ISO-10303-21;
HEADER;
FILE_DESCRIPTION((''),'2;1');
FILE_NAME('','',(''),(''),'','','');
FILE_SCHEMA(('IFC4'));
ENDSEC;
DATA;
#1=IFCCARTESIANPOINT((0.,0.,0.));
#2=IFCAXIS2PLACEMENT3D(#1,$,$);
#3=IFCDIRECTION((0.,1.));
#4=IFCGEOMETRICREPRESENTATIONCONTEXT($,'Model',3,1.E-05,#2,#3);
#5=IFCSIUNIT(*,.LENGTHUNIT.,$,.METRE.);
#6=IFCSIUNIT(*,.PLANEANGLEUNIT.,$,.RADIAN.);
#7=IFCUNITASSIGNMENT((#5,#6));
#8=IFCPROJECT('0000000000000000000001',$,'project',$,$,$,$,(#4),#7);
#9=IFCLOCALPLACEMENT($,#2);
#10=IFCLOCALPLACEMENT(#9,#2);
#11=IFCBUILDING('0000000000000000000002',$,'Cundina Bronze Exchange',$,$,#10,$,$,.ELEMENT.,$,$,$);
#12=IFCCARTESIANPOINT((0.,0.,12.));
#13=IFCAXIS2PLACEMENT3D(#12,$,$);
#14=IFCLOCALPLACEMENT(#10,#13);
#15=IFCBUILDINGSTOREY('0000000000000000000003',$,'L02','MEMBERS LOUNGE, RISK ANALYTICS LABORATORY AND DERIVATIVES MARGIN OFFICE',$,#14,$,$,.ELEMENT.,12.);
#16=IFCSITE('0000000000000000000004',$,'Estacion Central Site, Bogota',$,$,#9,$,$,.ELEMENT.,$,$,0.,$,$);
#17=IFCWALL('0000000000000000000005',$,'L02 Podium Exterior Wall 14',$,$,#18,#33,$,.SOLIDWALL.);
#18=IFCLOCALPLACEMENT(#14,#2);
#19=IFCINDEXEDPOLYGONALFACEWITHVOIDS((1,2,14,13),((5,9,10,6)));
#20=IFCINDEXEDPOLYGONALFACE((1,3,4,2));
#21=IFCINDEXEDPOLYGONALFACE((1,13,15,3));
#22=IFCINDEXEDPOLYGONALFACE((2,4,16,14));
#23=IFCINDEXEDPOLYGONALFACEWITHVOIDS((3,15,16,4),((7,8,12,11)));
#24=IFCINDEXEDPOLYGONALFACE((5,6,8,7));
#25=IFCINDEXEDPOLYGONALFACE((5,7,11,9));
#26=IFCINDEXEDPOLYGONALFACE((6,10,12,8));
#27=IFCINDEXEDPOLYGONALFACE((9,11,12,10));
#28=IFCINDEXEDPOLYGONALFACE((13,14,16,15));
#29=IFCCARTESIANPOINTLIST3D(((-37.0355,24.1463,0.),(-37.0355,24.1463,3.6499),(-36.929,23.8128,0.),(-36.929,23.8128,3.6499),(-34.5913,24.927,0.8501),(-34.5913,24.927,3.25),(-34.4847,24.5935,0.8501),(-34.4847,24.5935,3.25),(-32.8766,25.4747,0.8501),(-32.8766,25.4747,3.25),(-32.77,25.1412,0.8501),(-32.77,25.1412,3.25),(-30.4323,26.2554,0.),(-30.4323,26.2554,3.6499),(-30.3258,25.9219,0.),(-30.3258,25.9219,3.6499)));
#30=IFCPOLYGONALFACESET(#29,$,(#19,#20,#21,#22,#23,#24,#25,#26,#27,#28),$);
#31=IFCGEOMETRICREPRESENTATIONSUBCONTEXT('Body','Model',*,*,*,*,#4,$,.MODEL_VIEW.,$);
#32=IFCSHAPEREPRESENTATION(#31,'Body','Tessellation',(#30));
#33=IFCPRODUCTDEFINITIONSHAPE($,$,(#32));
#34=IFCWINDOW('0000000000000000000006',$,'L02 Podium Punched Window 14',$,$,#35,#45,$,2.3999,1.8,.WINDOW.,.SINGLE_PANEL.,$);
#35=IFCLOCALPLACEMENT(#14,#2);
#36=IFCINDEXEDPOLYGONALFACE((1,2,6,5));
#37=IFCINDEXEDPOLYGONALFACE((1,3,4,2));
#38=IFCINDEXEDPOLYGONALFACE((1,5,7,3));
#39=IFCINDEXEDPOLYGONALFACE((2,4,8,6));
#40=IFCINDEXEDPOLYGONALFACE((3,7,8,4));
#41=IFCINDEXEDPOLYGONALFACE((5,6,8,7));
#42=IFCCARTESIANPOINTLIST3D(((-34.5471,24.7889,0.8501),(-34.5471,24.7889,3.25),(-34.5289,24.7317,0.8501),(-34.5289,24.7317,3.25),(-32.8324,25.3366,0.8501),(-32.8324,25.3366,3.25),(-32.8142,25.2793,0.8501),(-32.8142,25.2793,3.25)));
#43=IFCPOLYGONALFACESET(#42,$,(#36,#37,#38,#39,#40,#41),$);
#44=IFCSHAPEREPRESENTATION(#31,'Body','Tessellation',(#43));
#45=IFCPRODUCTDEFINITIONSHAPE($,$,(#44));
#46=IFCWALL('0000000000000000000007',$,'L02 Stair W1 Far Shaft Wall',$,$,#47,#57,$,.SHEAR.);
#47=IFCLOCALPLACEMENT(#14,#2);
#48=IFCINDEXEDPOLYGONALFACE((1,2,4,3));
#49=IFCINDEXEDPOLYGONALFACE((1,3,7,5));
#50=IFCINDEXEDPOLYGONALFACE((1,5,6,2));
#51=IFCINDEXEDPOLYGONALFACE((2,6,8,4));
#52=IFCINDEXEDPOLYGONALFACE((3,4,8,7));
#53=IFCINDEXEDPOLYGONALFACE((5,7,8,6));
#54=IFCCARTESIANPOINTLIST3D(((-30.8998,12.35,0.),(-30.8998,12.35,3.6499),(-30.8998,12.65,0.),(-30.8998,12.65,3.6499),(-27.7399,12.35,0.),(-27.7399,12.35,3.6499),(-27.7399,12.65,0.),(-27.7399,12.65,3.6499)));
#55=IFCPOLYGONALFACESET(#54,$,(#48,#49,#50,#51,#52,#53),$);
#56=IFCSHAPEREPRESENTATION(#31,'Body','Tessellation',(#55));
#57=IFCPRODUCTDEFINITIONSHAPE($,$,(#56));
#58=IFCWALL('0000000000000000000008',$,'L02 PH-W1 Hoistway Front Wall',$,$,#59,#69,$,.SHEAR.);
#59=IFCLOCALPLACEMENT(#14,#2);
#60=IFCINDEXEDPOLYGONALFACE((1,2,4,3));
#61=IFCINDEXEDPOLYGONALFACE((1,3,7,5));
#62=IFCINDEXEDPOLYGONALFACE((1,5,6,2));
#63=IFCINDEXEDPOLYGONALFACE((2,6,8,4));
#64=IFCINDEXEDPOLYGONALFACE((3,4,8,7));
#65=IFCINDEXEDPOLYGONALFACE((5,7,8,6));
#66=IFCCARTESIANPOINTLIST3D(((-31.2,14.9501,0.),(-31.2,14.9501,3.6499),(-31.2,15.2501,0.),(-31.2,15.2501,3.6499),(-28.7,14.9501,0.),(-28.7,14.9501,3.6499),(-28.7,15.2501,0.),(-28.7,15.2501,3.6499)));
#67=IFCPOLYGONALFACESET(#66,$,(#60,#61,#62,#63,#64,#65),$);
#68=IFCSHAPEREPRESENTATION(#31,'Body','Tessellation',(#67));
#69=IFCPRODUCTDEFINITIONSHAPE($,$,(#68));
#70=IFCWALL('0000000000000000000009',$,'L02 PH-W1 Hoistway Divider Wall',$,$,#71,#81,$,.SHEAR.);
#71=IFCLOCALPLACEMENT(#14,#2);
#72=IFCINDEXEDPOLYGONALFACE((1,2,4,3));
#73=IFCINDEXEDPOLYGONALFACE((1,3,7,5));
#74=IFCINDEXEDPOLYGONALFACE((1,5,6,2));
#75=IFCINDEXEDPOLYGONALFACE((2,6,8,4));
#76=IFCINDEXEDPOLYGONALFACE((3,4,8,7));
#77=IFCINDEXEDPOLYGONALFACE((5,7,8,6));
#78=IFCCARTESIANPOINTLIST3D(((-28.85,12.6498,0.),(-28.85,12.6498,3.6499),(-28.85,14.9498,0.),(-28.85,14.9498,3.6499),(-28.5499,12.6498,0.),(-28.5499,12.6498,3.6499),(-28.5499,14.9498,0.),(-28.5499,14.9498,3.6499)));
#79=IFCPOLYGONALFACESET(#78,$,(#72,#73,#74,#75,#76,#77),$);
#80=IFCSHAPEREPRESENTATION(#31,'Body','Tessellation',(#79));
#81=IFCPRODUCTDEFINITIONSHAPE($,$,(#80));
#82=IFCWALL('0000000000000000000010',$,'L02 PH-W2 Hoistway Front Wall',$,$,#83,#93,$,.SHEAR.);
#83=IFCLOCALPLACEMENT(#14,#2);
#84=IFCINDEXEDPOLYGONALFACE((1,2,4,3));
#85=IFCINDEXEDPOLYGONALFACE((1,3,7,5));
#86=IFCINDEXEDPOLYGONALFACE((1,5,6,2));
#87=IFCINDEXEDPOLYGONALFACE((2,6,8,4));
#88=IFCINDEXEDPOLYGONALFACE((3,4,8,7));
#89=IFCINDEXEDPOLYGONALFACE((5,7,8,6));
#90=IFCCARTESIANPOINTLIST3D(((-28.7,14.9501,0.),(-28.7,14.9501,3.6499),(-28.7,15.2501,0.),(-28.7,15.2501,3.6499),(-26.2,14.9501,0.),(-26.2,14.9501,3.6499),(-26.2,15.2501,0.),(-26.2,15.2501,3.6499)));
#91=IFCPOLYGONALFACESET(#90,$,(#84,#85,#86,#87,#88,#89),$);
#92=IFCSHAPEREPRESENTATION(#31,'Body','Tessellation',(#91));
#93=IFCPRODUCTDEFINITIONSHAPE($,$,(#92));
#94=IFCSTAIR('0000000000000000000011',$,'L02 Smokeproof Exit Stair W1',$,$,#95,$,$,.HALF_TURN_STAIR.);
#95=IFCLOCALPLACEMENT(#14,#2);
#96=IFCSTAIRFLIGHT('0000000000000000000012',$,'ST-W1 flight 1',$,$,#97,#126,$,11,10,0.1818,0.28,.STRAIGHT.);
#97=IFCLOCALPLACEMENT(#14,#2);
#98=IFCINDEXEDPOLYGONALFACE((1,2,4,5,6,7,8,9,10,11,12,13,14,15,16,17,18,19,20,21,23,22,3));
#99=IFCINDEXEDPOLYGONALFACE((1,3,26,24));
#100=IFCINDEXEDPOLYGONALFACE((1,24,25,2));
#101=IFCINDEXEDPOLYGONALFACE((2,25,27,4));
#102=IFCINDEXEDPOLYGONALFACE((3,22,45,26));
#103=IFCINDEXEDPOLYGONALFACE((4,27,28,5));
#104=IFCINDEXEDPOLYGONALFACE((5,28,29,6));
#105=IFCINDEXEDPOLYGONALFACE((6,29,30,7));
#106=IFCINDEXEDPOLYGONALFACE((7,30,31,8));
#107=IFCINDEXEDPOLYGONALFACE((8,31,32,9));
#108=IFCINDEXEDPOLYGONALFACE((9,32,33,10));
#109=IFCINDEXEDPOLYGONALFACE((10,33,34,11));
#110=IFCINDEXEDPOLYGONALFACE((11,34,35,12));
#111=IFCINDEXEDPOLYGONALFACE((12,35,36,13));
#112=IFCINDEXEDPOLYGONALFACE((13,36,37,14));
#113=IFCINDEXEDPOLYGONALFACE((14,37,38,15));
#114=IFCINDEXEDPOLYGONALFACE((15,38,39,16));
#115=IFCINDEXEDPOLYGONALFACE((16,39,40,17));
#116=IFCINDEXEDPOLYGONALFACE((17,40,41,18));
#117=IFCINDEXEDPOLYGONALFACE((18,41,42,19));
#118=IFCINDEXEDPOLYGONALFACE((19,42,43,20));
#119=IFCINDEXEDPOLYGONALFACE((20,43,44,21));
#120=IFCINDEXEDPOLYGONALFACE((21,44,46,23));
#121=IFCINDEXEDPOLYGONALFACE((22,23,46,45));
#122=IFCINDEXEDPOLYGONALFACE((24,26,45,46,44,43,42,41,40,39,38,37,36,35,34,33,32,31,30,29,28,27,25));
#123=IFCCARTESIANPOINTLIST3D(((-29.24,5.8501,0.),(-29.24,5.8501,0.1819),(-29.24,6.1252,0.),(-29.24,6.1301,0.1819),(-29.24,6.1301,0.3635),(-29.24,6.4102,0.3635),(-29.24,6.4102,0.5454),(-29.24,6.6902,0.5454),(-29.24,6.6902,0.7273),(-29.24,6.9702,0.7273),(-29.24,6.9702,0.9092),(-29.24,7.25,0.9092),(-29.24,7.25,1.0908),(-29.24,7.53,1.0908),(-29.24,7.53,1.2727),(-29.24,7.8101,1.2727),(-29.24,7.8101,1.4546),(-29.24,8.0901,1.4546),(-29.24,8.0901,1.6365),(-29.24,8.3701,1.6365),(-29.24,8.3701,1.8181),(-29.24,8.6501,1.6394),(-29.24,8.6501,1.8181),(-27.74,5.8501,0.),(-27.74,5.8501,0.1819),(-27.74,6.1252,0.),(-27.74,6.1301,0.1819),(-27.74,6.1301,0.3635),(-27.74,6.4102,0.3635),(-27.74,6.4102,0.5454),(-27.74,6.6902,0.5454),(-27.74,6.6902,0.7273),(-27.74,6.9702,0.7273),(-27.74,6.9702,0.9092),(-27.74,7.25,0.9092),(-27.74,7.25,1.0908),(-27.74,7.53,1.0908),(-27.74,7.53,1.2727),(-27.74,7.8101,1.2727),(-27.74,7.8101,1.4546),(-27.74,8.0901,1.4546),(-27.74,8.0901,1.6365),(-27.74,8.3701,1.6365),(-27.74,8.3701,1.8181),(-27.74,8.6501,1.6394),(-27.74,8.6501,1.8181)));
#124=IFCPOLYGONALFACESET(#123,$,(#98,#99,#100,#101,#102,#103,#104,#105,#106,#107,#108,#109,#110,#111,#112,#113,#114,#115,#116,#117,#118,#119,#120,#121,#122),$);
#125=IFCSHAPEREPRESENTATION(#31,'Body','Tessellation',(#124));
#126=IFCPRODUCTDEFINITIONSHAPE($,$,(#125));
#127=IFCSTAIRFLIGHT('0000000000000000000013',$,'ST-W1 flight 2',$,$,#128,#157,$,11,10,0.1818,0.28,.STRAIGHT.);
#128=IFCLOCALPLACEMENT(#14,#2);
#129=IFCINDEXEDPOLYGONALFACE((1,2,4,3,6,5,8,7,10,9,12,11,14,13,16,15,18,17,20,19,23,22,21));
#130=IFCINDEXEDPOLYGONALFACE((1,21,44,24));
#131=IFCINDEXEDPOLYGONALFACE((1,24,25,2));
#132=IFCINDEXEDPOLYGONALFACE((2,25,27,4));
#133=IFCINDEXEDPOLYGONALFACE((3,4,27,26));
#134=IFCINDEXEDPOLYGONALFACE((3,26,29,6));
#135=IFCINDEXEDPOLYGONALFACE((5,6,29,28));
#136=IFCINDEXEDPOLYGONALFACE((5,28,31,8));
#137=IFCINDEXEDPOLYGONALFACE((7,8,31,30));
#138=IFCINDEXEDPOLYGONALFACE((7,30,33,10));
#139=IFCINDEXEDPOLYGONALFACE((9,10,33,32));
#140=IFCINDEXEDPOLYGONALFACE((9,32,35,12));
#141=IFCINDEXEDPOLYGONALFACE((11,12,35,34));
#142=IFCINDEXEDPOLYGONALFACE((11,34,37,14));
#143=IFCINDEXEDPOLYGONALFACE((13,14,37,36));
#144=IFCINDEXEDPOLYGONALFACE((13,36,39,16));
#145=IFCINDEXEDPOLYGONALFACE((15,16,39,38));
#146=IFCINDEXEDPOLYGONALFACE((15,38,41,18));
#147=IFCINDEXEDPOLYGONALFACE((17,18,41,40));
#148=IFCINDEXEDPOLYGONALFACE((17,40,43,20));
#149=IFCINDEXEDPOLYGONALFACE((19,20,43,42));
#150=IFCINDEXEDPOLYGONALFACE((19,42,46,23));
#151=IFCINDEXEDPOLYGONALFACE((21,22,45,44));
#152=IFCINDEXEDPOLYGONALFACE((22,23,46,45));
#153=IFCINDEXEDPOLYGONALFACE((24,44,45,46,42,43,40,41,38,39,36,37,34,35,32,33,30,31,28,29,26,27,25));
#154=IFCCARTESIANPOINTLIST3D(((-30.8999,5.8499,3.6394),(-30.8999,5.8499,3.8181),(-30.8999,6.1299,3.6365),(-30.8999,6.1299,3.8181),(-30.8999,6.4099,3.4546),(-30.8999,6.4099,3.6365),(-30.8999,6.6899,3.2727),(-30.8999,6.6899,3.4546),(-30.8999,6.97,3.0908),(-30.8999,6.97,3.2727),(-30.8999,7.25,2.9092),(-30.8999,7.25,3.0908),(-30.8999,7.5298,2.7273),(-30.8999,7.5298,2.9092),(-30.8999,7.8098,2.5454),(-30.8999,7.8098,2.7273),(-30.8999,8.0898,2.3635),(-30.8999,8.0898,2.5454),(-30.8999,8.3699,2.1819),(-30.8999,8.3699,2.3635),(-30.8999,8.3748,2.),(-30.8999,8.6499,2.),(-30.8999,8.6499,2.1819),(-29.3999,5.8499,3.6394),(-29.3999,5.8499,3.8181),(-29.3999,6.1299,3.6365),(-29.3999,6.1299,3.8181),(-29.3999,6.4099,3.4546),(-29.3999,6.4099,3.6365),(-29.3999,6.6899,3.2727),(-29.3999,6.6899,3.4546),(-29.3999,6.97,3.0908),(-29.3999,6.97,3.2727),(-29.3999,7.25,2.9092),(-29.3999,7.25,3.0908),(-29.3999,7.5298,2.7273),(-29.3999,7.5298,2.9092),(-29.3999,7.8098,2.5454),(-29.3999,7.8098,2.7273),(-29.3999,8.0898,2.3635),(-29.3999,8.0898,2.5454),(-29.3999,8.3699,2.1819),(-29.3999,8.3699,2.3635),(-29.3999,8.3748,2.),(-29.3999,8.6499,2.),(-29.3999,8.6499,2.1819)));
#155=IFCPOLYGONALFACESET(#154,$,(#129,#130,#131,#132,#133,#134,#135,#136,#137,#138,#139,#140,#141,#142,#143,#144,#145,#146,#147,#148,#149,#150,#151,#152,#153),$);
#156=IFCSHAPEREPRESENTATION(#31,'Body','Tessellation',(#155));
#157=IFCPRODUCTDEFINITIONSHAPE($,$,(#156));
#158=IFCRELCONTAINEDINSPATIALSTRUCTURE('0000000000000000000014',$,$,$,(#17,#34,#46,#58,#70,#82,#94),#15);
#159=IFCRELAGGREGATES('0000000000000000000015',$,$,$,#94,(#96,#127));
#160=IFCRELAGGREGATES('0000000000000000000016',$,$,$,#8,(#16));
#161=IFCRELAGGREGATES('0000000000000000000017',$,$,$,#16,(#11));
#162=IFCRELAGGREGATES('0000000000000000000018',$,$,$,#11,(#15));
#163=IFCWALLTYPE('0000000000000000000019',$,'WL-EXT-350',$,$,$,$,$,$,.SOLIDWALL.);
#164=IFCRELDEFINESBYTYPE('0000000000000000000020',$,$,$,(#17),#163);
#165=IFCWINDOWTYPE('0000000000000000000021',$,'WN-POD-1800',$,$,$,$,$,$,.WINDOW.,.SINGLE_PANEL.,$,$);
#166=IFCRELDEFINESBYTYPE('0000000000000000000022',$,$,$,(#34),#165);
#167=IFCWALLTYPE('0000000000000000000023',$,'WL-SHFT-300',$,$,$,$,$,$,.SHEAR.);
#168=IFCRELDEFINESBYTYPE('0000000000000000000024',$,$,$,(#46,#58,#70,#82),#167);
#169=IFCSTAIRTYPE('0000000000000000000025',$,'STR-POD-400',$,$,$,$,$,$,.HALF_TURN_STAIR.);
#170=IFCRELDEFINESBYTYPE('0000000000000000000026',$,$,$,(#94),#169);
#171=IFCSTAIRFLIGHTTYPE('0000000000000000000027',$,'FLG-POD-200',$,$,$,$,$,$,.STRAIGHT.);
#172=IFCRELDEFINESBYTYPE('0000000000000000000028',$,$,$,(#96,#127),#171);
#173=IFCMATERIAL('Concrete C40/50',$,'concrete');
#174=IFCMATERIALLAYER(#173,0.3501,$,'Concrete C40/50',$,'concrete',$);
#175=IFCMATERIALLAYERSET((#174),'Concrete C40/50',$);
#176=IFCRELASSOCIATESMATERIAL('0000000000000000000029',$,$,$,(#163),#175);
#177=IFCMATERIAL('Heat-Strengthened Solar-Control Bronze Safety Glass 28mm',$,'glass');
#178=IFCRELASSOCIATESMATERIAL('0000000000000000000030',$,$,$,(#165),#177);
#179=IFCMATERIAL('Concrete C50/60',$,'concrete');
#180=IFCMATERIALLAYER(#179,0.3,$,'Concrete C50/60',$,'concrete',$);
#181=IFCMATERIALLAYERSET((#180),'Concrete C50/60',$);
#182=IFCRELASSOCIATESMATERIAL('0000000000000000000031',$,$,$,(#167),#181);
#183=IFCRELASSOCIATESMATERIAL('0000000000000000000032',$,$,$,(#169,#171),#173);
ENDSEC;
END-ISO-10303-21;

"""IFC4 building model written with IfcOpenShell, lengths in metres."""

from ifc_helpers import new_model, si_unit, direction, frame, frame_2d, origin, place, context, subcontext, project, spatial, polyline, rectangle, outline, extrude, material, layer, layer_set, type_object, element, fill, aggregate, save


model = new_model("IFC4")

# Units and contexts
model_context = context("Model", 3, precision=1e-05, world=origin(), true_north=direction((0.0, 1.0)))
body_context = subcontext(model_context, "Body", "Model", "MODEL_VIEW")
ifc_project = project(units=[si_unit("LENGTHUNIT", "METRE"), si_unit("PLANEANGLEUNIT", "RADIAN")], contexts=[model_context])

# Site, building, storey
site_placement = place(None, origin())
site = spatial("IfcSite", under=ifc_project, at=site_placement, Name="Estacion Central Site, Bogota", CompositionType="ELEMENT", RefElevation=0.0)
building_placement = place(site_placement, origin())
building = spatial("IfcBuilding", under=site, at=building_placement, Name="Cundina Bronze Exchange", CompositionType="ELEMENT")
storey_placement = place(building_placement, frame((0.0, 0.0, 12.0)))
storey = spatial("IfcBuildingStorey", under=building, at=storey_placement, Name="L02", Description="MEMBERS LOUNGE, RISK ANALYTICS LABORATORY AND DERIVATIVES MARGIN OFFICE", CompositionType="ELEMENT", Elevation=12.0)

# Wall, opening, window
ifc_material_1 = material(Name="Concrete C40/50", Category="concrete")
ifc_layer_1 = layer(ifc_material_1, 0.3501, Name="Concrete C40/50", Category="concrete")
ifc_layer_set_1 = layer_set([ifc_layer_1], Name="Concrete C40/50")
wall_type_1 = type_object("IfcWallType", Name="WL-EXT-350", PredefinedType="SOLIDWALL", material=ifc_layer_set_1)
wall_1_placement = place(storey_placement, frame((-30.3792, 26.0886, 0.0), z_axis=(0.0, 0.0, 1.0), x_axis=(-0.952588, -0.304263, 0.0)))
wall_1 = element("IfcWall", 1, at=wall_1_placement, inside=storey, type_object=wall_type_1, Name="L02 Podium Exterior Wall 14", PredefinedType="SOLIDWALL", context=body_context, shape_type="SweptSolid", body=[
    extrude(rectangle(XDim=6.9319, YDim=0.3501, at=frame_2d((3.4658, 0.0))), origin(), (0.0, 0.0, 1.0), 3.6499),
])
opening_1_placement = place(wall_1_placement, frame((2.5659, 0.0, 0.8501)))
opening_1 = element("IfcOpeningElement", 2, at=opening_1_placement, cuts=wall_1, PredefinedType="OPENING", context=body_context, shape_type="SweptSolid", body=[
    extrude(rectangle(XDim=1.8, YDim=2.3999, at=frame_2d((0.8999, 1.2))), frame((0.0, 0.1851, 0.0), z_axis=(0.0, -1.0, 0.0), x_axis=(1.0, 0.0, 0.0)), (0.0, 0.0, 1.0), 0.3701),
])
ifc_material_2 = material(Name="Heat-Strengthened Solar-Control Bronze Safety Glass 28mm", Category="glass")
window_type_1 = type_object("IfcWindowType", Name="WN-POD-1800", PartitioningType="SINGLE_PANEL", PredefinedType="WINDOW", material=ifc_material_2)
window_1_placement = place(opening_1_placement, origin())
window_1 = element("IfcWindow", 3, at=window_1_placement, inside=storey, type_object=window_type_1, Name="L02 Podium Punched Window 14", OverallHeight=2.3999, OverallWidth=1.8, PartitioningType="SINGLE_PANEL", PredefinedType="WINDOW", context=body_context, shape_type="SweptSolid", body=[
    extrude(rectangle(XDim=1.8, YDim=2.3999, at=frame_2d((0.8999, 1.2))), frame((0.0, 0.03, 0.0), z_axis=(0.0, -1.0, 0.0), x_axis=(1.0, 0.0, 0.0)), (0.0, 0.0, 1.0), 0.0601),
])
fill(opening_1, window_1)

# Shared definitions
ifc_material_3 = material(Name="Concrete C50/60", Category="concrete")
ifc_layer_2 = layer(ifc_material_3, 0.3, Name="Concrete C50/60", Category="concrete")
ifc_layer_set_2 = layer_set([ifc_layer_2], Name="Concrete C50/60")
wall_type_2 = type_object("IfcWallType", Name="WL-SHFT-300", PredefinedType="SHEAR", material=ifc_layer_set_2)

# Walls
wall_2_placement = place(storey_placement, frame((-30.8999, 12.5, 0.0), z_axis=(0.0, 0.0, 1.0), x_axis=(1.0, 0.0, 0.0)))
element("IfcWall", 4, at=wall_2_placement, inside=storey, type_object=wall_type_2, Name="L02 Stair W1 Far Shaft Wall", PredefinedType="SHEAR", context=body_context, shape_type="SweptSolid", body=[
    extrude(rectangle(XDim=3.1599, YDim=0.3, at=frame_2d((1.5801, 0.0))), origin(), (0.0, 0.0, 1.0), 3.6499),
])
wall_3_placement = place(storey_placement, frame((-31.2, 15.1001, 0.0), z_axis=(0.0, 0.0, 1.0), x_axis=(1.0, 0.0, 0.0)))
element("IfcWall", 5, at=wall_3_placement, inside=storey, type_object=wall_type_2, Name="L02 PH-W1 Hoistway Front Wall", PredefinedType="SHEAR", context=body_context, shape_type="SweptSolid", body=[
    extrude(rectangle(XDim=2.5, YDim=0.3, at=frame_2d((1.25, 0.0))), origin(), (0.0, 0.0, 1.0), 3.6499),
])
wall_4_placement = place(storey_placement, frame((-28.7, 12.6499, 0.0), z_axis=(0.0, 0.0, 1.0), x_axis=(0.0, 1.0, 0.0)))
element("IfcWall", 6, at=wall_4_placement, inside=storey, type_object=wall_type_2, Name="L02 PH-W1 Hoistway Divider Wall", PredefinedType="SHEAR", context=body_context, shape_type="SweptSolid", body=[
    extrude(rectangle(XDim=2.3, YDim=0.3, at=frame_2d((1.1499, 0.0))), origin(), (0.0, 0.0, 1.0), 3.6499),
])
wall_5_placement = place(storey_placement, frame((-28.7, 15.1001, 0.0), z_axis=(0.0, 0.0, 1.0), x_axis=(1.0, 0.0, 0.0)))
element("IfcWall", 7, at=wall_5_placement, inside=storey, type_object=wall_type_2, Name="L02 PH-W2 Hoistway Front Wall", PredefinedType="SHEAR", context=body_context, shape_type="SweptSolid", body=[
    extrude(rectangle(XDim=2.5, YDim=0.3, at=frame_2d((1.25, 0.0))), origin(), (0.0, 0.0, 1.0), 3.6499),
])

# Stair, stair flights
stair_type = type_object("IfcStairType", Name="STR-POD-400", PredefinedType="HALF_TURN_STAIR", material=ifc_material_1)
stair_placement = place(storey_placement, origin())
stair = element("IfcStair", 8, at=stair_placement, inside=storey, type_object=stair_type, Name="L02 Smokeproof Exit Stair W1", PredefinedType="HALF_TURN_STAIR")
stair_flight_type = type_object("IfcStairFlightType", Name="FLG-POD-200", PredefinedType="STRAIGHT", material=ifc_material_1)
stair_flight_1_placement = place(storey_placement, frame((-28.49, 5.8501, 0.0), z_axis=(0.0, 0.0, 1.0), x_axis=(0.0, 1.0, 0.0)))
stair_flight_1 = element("IfcStairFlight", 9, at=stair_flight_1_placement, type_object=stair_flight_type, Name="ST-W1 flight 1", NumberOfRisers=11, NumberOfTreads=10, PredefinedType="STRAIGHT", RiserHeight=0.1818, TreadLength=0.28, context=body_context, shape_type="SweptSolid", body=[
    extrude(outline(polyline([(0.0, 0.0), (0.0, 0.1819), (0.28, 0.1819), (0.28, 0.3635), (0.5601, 0.3635), (0.5601, 0.5454), (0.8401, 0.5454), (0.8401, 0.7273), (1.1201, 0.7273), (1.1201, 0.9092), (1.3999, 0.9092), (1.3999, 1.0908), (1.6799, 1.0908), (1.6799, 1.2727), (1.96, 1.2727), (1.96, 1.4546), (2.24, 1.4546), (2.24, 1.6365), (2.52, 1.6365), (2.52, 1.8181), (2.8, 1.8181), (2.8, 2.0), (2.8, 1.6394), (0.2751, 0.0), (0.0, 0.0)])), frame((0.0, 0.75, 0.0), z_axis=(0.0, -1.0, 0.0), x_axis=(1.0, 0.0, 0.0)), (0.0, 0.0, 1.0), 1.5),
])
stair_flight_2_placement = place(storey_placement, frame((-30.1499, 8.6499, 2.0), z_axis=(0.0, 0.0, 1.0), x_axis=(0.0, -1.0, 0.0)))
stair_flight_2 = element("IfcStairFlight", 10, at=stair_flight_2_placement, type_object=stair_flight_type, Name="ST-W1 flight 2", NumberOfRisers=11, NumberOfTreads=10, PredefinedType="STRAIGHT", RiserHeight=0.1818, TreadLength=0.28, context=body_context, shape_type="SweptSolid", body=[
    extrude(outline(polyline([(0.0, 0.0), (0.0, 0.1819), (0.28, 0.1819), (0.28, 0.3635), (0.5601, 0.3635), (0.5601, 0.5454), (0.8401, 0.5454), (0.8401, 0.7273), (1.1201, 0.7273), (1.1201, 0.9092), (1.3999, 0.9092), (1.3999, 1.0908), (1.6799, 1.0908), (1.6799, 1.2727), (1.96, 1.2727), (1.96, 1.4546), (2.24, 1.4546), (2.24, 1.6365), (2.52, 1.6365), (2.52, 1.8181), (2.8, 1.8181), (2.8, 2.0), (2.8, 1.6394), (0.2751, 0.0), (0.0, 0.0)])), frame((0.0, 0.75, 0.0), z_axis=(0.0, -1.0, 0.0), x_axis=(1.0, 0.0, 0.0)), (0.0, 0.0, 1.0), 1.5),
])
aggregate(stair, [stair_flight_1, stair_flight_2])

save(model, "model.ifc")
